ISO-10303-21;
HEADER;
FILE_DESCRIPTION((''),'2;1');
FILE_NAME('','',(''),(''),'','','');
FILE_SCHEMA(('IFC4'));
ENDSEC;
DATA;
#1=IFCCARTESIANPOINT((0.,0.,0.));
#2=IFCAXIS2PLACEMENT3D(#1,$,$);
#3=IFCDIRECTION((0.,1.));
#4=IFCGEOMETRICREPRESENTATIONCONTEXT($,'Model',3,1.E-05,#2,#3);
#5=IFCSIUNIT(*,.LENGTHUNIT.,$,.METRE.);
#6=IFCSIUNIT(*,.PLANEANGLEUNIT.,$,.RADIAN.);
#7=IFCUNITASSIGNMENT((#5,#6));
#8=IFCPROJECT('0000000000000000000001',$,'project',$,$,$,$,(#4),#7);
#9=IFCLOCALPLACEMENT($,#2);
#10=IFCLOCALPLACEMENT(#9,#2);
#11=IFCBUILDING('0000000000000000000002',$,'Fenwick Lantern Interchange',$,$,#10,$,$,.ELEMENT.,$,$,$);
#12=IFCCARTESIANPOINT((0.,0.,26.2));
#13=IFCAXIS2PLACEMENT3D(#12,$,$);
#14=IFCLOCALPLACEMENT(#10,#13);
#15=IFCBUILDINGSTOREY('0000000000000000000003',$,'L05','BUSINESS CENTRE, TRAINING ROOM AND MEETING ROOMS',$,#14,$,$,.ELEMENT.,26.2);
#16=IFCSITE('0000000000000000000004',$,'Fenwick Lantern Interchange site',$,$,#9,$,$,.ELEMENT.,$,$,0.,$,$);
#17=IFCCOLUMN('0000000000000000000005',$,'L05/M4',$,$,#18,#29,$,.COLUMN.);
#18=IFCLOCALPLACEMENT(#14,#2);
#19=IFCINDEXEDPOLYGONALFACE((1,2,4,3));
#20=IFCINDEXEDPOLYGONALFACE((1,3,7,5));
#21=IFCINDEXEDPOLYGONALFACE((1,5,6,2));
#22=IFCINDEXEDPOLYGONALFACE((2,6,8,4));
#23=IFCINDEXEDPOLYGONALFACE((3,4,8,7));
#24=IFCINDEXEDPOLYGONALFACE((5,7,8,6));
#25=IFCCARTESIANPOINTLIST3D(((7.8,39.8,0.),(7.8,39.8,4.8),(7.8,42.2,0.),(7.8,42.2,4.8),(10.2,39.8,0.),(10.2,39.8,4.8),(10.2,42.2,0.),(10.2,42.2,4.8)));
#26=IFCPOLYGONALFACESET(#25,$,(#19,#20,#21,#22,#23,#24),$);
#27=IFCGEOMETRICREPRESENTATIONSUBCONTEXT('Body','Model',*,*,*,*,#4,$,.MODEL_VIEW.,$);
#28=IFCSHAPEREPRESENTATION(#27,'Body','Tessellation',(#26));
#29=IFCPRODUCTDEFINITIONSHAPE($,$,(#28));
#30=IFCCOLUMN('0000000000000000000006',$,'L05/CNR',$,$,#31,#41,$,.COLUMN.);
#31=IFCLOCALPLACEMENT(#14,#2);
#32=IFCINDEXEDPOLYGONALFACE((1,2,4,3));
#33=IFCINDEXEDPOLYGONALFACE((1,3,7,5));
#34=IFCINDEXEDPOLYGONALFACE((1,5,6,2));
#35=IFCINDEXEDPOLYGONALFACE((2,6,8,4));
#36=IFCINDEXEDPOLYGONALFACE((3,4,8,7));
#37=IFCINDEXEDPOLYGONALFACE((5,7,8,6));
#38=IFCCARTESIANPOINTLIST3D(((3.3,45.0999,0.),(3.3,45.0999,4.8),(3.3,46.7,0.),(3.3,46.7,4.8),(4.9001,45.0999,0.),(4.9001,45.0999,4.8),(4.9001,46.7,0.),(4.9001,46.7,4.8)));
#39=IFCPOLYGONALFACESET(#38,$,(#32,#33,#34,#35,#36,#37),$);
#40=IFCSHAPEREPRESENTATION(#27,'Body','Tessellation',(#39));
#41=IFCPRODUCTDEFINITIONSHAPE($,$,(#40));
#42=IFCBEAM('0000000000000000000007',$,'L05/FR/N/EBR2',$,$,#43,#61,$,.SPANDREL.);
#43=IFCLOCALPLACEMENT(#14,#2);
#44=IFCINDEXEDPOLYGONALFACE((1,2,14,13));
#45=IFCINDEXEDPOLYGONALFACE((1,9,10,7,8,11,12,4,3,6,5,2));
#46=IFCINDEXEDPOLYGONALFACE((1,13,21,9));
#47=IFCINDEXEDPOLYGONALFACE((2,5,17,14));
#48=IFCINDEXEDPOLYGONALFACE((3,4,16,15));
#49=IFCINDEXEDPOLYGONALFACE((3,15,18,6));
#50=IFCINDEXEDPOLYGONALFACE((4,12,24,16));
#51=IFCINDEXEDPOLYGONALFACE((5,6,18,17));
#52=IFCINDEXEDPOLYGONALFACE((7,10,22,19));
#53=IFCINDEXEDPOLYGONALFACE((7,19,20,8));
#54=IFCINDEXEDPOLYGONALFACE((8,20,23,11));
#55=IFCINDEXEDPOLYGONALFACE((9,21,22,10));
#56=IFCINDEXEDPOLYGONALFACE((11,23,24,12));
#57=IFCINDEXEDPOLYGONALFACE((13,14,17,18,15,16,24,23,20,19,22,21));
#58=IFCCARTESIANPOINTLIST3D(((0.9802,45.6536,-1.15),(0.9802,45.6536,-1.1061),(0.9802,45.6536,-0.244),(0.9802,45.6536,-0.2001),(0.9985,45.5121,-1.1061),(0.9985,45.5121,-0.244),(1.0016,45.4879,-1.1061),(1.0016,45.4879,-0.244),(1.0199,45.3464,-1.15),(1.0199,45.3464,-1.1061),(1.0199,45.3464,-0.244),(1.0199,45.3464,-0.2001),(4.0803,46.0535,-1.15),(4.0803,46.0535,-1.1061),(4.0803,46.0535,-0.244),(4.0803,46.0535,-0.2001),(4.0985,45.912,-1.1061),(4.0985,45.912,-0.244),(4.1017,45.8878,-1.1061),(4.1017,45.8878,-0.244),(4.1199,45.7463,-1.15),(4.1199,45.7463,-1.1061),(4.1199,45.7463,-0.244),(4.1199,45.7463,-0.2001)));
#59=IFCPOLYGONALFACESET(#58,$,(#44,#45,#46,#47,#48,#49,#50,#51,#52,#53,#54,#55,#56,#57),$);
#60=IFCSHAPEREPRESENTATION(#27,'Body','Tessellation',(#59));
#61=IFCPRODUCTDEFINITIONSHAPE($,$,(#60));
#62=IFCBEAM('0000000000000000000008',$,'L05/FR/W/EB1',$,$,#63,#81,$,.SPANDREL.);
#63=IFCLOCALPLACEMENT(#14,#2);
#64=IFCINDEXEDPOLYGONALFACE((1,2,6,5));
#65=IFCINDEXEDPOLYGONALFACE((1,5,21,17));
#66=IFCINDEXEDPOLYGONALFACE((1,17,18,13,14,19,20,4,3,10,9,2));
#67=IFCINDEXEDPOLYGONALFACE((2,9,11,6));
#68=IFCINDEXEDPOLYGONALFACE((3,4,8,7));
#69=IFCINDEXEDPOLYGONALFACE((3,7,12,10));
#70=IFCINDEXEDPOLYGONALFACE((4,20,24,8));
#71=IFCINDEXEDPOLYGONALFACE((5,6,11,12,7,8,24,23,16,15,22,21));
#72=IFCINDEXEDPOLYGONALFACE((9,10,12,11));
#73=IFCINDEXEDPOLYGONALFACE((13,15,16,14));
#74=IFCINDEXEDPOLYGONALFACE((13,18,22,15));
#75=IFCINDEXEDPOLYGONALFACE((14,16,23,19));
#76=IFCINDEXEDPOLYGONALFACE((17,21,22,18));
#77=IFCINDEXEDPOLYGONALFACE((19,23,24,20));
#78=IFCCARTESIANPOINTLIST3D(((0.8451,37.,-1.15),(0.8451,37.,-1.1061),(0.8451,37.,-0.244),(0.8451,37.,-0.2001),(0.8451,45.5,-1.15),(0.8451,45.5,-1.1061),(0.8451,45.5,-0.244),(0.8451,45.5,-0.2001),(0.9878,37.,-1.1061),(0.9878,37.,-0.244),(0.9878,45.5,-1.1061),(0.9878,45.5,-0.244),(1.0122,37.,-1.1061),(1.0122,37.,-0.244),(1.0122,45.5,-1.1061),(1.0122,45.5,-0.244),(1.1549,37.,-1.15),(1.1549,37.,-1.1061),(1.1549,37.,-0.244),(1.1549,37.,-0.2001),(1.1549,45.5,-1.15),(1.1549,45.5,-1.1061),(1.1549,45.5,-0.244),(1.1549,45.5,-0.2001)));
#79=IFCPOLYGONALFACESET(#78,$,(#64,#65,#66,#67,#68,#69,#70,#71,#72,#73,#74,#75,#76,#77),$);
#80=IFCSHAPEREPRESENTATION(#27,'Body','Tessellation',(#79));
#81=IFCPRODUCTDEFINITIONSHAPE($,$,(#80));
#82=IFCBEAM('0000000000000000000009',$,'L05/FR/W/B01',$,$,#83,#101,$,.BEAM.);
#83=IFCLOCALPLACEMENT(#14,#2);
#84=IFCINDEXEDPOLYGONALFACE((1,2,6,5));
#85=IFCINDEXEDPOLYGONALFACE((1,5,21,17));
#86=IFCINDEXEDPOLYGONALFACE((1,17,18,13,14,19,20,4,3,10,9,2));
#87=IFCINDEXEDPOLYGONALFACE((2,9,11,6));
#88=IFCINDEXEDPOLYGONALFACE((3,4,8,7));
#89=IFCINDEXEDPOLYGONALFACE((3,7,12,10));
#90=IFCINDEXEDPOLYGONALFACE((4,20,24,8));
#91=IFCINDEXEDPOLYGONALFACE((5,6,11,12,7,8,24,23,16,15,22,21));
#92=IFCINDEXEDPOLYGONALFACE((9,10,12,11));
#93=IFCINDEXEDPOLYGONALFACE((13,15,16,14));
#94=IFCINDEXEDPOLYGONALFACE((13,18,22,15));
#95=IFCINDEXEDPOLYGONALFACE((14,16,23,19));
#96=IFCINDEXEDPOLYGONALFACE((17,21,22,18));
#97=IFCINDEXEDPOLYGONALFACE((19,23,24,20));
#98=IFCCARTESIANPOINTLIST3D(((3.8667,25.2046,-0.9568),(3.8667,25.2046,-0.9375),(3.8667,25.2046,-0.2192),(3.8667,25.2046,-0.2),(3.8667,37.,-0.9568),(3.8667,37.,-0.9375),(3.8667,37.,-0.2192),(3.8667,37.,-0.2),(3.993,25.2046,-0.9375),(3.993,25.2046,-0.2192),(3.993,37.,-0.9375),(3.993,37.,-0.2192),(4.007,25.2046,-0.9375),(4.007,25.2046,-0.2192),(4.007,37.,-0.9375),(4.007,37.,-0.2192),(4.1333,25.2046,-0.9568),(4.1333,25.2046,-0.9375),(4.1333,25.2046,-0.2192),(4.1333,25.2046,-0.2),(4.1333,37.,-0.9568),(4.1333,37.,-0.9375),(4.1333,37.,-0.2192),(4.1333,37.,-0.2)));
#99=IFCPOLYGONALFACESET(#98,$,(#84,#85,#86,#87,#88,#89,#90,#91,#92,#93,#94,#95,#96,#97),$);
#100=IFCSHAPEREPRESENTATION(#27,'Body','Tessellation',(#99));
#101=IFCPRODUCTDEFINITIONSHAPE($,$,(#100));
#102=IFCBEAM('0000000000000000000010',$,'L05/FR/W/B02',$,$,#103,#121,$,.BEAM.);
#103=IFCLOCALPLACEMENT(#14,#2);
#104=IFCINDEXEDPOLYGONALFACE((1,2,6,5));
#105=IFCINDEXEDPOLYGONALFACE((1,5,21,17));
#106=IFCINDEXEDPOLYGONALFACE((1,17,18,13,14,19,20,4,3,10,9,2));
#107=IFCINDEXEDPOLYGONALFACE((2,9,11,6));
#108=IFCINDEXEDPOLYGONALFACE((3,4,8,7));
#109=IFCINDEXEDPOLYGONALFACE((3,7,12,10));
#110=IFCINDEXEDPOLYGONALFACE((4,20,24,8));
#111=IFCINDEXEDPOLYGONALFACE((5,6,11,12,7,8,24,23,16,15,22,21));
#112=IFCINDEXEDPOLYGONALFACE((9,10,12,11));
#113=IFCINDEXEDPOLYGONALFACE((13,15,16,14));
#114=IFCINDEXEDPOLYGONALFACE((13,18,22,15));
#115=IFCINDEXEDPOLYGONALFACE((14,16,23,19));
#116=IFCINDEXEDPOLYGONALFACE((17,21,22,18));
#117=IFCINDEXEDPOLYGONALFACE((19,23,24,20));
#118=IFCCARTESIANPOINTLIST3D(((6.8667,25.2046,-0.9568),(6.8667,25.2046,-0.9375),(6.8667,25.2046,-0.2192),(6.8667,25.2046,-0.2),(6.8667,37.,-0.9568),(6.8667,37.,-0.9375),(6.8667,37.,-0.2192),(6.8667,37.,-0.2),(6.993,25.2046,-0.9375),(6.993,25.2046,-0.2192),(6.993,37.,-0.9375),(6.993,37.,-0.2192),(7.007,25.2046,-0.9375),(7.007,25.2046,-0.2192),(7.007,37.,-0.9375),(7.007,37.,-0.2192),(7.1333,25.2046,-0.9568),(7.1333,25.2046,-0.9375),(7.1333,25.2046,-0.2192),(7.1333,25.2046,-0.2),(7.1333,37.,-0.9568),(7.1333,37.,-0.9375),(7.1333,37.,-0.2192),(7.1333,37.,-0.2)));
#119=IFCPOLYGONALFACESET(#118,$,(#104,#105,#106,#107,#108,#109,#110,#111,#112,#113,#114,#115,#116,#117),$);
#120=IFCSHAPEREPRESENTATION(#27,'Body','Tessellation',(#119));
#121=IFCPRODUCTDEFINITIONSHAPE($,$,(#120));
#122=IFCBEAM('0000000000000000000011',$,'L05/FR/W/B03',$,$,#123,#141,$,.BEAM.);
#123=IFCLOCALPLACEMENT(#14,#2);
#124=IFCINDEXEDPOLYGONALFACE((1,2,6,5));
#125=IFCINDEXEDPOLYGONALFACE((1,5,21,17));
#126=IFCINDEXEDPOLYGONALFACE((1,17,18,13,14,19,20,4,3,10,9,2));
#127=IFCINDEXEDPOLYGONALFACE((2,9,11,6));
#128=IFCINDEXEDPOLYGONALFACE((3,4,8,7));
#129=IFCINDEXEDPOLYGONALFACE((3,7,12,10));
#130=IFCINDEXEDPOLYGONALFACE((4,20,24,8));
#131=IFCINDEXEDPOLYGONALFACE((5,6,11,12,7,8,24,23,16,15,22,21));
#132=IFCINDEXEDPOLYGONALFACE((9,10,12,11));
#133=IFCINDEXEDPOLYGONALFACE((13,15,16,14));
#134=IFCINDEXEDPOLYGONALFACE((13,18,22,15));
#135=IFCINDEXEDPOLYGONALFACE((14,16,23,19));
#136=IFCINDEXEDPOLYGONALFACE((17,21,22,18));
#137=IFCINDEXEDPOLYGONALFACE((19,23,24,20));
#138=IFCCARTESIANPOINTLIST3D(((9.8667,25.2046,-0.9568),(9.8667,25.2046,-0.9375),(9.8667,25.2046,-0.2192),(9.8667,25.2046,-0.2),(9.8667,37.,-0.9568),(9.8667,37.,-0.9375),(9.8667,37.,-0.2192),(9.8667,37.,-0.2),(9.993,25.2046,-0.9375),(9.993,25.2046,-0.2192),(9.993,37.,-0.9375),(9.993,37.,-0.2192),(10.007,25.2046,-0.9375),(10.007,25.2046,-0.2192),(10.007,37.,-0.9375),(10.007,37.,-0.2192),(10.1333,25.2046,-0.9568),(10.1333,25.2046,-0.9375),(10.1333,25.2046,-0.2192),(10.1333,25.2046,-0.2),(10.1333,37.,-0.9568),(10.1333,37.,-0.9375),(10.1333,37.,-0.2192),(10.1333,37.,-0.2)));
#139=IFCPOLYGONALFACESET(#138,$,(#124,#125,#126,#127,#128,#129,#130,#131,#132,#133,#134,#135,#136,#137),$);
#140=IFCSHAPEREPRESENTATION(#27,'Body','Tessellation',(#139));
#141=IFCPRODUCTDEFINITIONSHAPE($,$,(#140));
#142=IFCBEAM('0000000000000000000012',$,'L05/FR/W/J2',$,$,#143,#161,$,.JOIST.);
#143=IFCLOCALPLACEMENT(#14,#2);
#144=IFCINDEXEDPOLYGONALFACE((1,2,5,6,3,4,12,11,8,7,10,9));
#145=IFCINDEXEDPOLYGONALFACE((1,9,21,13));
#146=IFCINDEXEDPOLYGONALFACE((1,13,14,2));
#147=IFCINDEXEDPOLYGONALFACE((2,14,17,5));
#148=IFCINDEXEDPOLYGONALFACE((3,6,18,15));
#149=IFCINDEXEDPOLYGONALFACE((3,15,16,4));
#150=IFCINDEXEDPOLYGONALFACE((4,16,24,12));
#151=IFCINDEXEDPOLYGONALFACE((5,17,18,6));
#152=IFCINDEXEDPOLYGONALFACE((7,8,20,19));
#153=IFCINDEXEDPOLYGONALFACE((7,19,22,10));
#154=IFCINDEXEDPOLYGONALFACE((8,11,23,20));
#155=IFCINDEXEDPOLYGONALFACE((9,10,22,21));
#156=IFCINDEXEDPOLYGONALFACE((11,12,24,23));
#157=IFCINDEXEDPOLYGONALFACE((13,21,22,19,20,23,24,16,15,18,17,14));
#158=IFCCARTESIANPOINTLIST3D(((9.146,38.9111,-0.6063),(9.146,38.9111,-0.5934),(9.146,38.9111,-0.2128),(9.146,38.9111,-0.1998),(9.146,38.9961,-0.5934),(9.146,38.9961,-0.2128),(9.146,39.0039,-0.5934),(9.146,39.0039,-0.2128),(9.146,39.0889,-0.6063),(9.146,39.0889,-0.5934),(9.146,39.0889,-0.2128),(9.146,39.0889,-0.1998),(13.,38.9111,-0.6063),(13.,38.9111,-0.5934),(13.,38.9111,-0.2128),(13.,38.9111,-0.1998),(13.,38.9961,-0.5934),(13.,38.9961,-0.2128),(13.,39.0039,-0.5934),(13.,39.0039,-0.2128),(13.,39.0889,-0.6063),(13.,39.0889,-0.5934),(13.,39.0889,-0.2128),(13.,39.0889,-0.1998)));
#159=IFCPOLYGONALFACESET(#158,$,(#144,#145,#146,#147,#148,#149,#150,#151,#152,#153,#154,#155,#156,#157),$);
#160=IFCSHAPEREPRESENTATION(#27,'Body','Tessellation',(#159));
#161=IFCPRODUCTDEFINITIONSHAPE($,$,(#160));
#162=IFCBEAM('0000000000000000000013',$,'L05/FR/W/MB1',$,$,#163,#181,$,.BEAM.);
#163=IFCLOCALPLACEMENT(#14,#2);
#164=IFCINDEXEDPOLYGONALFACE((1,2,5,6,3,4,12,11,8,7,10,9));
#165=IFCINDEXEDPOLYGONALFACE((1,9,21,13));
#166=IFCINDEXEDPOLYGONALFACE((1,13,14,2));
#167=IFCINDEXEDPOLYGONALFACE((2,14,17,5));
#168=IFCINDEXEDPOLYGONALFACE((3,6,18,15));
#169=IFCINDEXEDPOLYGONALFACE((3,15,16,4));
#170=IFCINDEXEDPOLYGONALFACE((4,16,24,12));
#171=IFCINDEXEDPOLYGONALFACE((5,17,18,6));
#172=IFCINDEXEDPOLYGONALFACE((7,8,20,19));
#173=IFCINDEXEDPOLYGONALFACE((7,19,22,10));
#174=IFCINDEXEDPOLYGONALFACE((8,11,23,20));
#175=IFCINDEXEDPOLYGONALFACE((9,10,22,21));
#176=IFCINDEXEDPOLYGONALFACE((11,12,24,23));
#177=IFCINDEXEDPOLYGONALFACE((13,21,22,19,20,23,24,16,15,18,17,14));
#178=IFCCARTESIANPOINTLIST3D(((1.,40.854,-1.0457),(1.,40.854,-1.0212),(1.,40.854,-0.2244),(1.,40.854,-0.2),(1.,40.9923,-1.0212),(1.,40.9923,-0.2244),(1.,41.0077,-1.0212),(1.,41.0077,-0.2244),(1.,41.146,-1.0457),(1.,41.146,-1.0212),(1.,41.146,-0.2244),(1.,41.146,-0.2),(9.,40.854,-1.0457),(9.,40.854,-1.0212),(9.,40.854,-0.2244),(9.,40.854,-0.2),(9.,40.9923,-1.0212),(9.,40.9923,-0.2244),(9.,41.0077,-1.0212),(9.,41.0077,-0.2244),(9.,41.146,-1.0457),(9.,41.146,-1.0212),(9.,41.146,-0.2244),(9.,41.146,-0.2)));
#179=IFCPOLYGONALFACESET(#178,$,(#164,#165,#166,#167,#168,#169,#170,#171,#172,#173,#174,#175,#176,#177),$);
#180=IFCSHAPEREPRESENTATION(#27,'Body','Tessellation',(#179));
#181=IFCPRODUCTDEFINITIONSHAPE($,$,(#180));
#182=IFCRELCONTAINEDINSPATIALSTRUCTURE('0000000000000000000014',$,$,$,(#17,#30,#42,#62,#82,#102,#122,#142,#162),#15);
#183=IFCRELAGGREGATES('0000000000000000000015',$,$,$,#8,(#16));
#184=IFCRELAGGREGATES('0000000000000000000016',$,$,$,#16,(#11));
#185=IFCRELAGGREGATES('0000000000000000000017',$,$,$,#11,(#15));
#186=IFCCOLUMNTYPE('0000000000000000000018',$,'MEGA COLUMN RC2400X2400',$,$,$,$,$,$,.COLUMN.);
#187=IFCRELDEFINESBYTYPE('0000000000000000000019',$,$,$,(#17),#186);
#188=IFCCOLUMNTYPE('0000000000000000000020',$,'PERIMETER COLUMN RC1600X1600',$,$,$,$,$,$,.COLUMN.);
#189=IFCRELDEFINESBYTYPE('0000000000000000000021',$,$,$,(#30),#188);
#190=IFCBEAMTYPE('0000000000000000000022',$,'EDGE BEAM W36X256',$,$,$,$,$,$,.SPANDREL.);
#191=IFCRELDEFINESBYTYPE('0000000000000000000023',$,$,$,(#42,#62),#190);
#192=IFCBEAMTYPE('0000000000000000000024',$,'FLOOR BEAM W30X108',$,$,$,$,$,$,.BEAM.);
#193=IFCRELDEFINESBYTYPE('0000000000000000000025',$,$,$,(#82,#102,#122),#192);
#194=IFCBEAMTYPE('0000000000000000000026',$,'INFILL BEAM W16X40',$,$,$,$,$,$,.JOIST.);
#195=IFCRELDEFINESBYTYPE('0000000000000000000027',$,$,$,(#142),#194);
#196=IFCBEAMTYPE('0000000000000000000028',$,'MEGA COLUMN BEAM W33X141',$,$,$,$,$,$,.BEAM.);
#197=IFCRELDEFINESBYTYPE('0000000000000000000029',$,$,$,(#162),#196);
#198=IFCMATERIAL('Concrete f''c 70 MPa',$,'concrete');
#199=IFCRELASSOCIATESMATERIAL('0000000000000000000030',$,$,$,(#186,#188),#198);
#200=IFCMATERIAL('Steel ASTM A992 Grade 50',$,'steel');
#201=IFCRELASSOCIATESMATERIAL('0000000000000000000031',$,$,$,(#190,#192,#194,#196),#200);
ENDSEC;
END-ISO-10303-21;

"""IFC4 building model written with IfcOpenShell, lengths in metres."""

from ifc_helpers import new_model, si_unit, direction, frame, origin, origin_2d, place, context, subcontext, project, spatial, rectangle, i_section, extrude, material, material_profile, profile_set, type_object, element, save


model = new_model("IFC4")

# Units and contexts
model_context = context("Model", 3, precision=1e-05, world=origin(), true_north=direction((0.0, 1.0)))
body_context = subcontext(model_context, "Body", "Model", "MODEL_VIEW")
ifc_project = project(units=[si_unit("LENGTHUNIT", "METRE"), si_unit("PLANEANGLEUNIT", "RADIAN")], contexts=[model_context])

# Site, building, storey
site_placement = place(None, origin())
site = spatial("IfcSite", under=ifc_project, at=site_placement, Name="Fenwick Lantern Interchange site", CompositionType="ELEMENT", RefElevation=0.0)
building_placement = place(site_placement, origin())
building = spatial("IfcBuilding", under=site, at=building_placement, Name="Fenwick Lantern Interchange", CompositionType="ELEMENT")
storey_placement = place(building_placement, frame((0.0, 0.0, 26.2)))
storey = spatial("IfcBuildingStorey", under=building, at=storey_placement, Name="L05", Description="BUSINESS CENTRE, TRAINING ROOM AND MEETING ROOMS", CompositionType="ELEMENT", Elevation=26.2)

# Columns
ifc_material_1 = material(Name="Concrete f'c 70 MPa", Category="concrete")
ifc_material_profile_1 = material_profile(ifc_material_1, rectangle(XDim=2.3999, YDim=2.3999, at=origin_2d()), Name="RC2400X2400")
ifc_profile_set_1 = profile_set([ifc_material_profile_1], Name="Concrete f'c 70 MPa")
column_type_1 = type_object("IfcColumnType", Name="MEGA COLUMN RC2400X2400", PredefinedType="COLUMN", material=ifc_profile_set_1)
column_1_placement = place(storey_placement, frame((9.0, 41.0, 0.0), z_axis=(0.0, 0.0, 1.0), x_axis=(1.0, 0.0, 0.0)))
element("IfcColumn", 1, at=column_1_placement, inside=storey, type_object=column_type_1, Name="L05/M4", PredefinedType="COLUMN", context=body_context, shape_type="SweptSolid", body=[
    extrude(rectangle(XDim=2.3999, YDim=2.3999, at=origin_2d()), origin(), (0.0, 0.0, 1.0), 4.8),
])
ifc_material_profile_2 = material_profile(ifc_material_1, rectangle(XDim=1.6001, YDim=1.6001, at=origin_2d()), Name="RC1600X1600")
ifc_profile_set_2 = profile_set([ifc_material_profile_2], Name="Concrete f'c 70 MPa")
column_type_2 = type_object("IfcColumnType", Name="PERIMETER COLUMN RC1600X1600", PredefinedType="COLUMN", material=ifc_profile_set_2)
column_2_placement = place(storey_placement, frame((4.1001, 45.8999, 0.0), z_axis=(0.0, 0.0, 1.0), x_axis=(1.0, 0.0, 0.0)))
element("IfcColumn", 2, at=column_2_placement, inside=storey, type_object=column_type_2, Name="L05/CNR", PredefinedType="COLUMN", context=body_context, shape_type="SweptSolid", body=[
    extrude(rectangle(XDim=1.6001, YDim=1.6001, at=origin_2d()), origin(), (0.0, 0.0, 1.0), 4.8),
])

# Beams
ifc_material_2 = material(Name="Steel ASTM A992 Grade 50", Category="steel")
ifc_material_profile_3 = material_profile(ifc_material_2, i_section(OverallWidth=0.3098, OverallDepth=0.95, WebThickness=0.0244, FlangeThickness=0.0439, at=origin_2d()), Name="W36X256")
ifc_profile_set_3 = profile_set([ifc_material_profile_3], Name="Steel ASTM A992 Grade 50")
beam_type_1 = type_object("IfcBeamType", Name="EDGE BEAM W36X256", PredefinedType="SPANDREL", material=ifc_profile_set_3)
beam_1_placement = place(storey_placement, frame((4.1001, 45.8999, -0.675), z_axis=(-0.991782, -0.127937, 0.0), x_axis=(0.127937, -0.991782, 0.0)))
element("IfcBeam", 3, at=beam_1_placement, inside=storey, type_object=beam_type_1, Name="L05/FR/N/EBR2", PredefinedType="SPANDREL", context=body_context, shape_type="SweptSolid", body=[
    extrude(i_section(OverallWidth=0.3098, OverallDepth=0.95, WebThickness=0.0244, FlangeThickness=0.0439, at=origin_2d()), origin(), (0.0, 0.0, 1.0), 3.1257),
])
beam_2_placement = place(storey_placement, frame((1.0, 45.5, -0.675), z_axis=(0.0, -1.0, 0.0), x_axis=(1.0, 0.0, 0.0)))
element("IfcBeam", 4, at=beam_2_placement, inside=storey, type_object=beam_type_1, Name="L05/FR/W/EB1", PredefinedType="SPANDREL", context=body_context, shape_type="SweptSolid", body=[
    extrude(i_section(OverallWidth=0.3098, OverallDepth=0.95, WebThickness=0.0244, FlangeThickness=0.0439, at=origin_2d()), origin(), (0.0, 0.0, 1.0), 8.5),
])
ifc_material_profile_4 = material_profile(ifc_material_2, i_section(OverallWidth=0.2666, OverallDepth=0.7568, WebThickness=0.0139, FlangeThickness=0.0193, at=origin_2d()), Name="W30X108")
ifc_profile_set_4 = profile_set([ifc_material_profile_4], Name="Steel ASTM A992 Grade 50")
beam_type_2 = type_object("IfcBeamType", Name="FLOOR BEAM W30X108", PredefinedType="BEAM", material=ifc_profile_set_4)
for number, where, z_axis, x_axis, name in (
    (5, (4.0, 37.0, -0.5784), (0.0, -1.0, 0.0), (1.0, 0.0, 0.0), "L05/FR/W/B01"),
    (6, (7.0, 37.0, -0.5784), (0.0, -1.0, 0.0), (1.0, 0.0, 0.0), "L05/FR/W/B02"),
    (7, (10.0, 37.0, -0.5784), (0.0, -1.0, 0.0), (1.0, 0.0, 0.0), "L05/FR/W/B03"),
):
    element("IfcBeam", number, at=place(storey_placement, frame(where, z_axis=z_axis, x_axis=x_axis)), inside=storey, type_object=beam_type_2, Name=name, PredefinedType="BEAM", context=body_context, shape_type="SweptSolid", body=[
        extrude(i_section(OverallWidth=0.2666, OverallDepth=0.7568, WebThickness=0.0139, FlangeThickness=0.0193, at=origin_2d()), origin(), (0.0, 0.0, 1.0), 11.7954),
    ])
ifc_material_profile_5 = material_profile(ifc_material_2, i_section(OverallWidth=0.1777, OverallDepth=0.4065, WebThickness=0.0078, FlangeThickness=0.0129, at=origin_2d()), Name="W16X40")
ifc_profile_set_5 = profile_set([ifc_material_profile_5], Name="Steel ASTM A992 Grade 50")
beam_type_3 = type_object("IfcBeamType", Name="INFILL BEAM W16X40", PredefinedType="JOIST", material=ifc_profile_set_5)
beam_3_placement = place(storey_placement, frame((9.146, 39.0, -0.4031), z_axis=(1.0, 0.0, 0.0), x_axis=(0.0, 1.0, 0.0)))
element("IfcBeam", 8, at=beam_3_placement, inside=storey, type_object=beam_type_3, Name="L05/FR/W/J2", PredefinedType="JOIST", context=body_context, shape_type="SweptSolid", body=[
    extrude(i_section(OverallWidth=0.1777, OverallDepth=0.4065, WebThickness=0.0078, FlangeThickness=0.0129, at=origin_2d()), origin(), (0.0, 0.0, 1.0), 3.854),
])
ifc_material_profile_6 = material_profile(ifc_material_2, i_section(OverallWidth=0.292, OverallDepth=0.8457, WebThickness=0.0154, FlangeThickness=0.0244, at=origin_2d()), Name="W33X141")
ifc_profile_set_6 = profile_set([ifc_material_profile_6], Name="Steel ASTM A992 Grade 50")
beam_type_4 = type_object("IfcBeamType", Name="MEGA COLUMN BEAM W33X141", PredefinedType="BEAM", material=ifc_profile_set_6)
beam_4_placement = place(storey_placement, frame((9.0, 41.0, -0.6228), z_axis=(-1.0, 0.0, 0.0), x_axis=(0.0, -1.0, 0.0)))
element("IfcBeam", 9, at=beam_4_placement, inside=storey, type_object=beam_type_4, Name="L05/FR/W/MB1", PredefinedType="BEAM", context=body_context, shape_type="SweptSolid", body=[
    extrude(i_section(OverallWidth=0.292, OverallDepth=0.8457, WebThickness=0.0154, FlangeThickness=0.0244, at=origin_2d()), origin(), (0.0, 0.0, 1.0), 8.0),
])

save(model, "model.ifc")
